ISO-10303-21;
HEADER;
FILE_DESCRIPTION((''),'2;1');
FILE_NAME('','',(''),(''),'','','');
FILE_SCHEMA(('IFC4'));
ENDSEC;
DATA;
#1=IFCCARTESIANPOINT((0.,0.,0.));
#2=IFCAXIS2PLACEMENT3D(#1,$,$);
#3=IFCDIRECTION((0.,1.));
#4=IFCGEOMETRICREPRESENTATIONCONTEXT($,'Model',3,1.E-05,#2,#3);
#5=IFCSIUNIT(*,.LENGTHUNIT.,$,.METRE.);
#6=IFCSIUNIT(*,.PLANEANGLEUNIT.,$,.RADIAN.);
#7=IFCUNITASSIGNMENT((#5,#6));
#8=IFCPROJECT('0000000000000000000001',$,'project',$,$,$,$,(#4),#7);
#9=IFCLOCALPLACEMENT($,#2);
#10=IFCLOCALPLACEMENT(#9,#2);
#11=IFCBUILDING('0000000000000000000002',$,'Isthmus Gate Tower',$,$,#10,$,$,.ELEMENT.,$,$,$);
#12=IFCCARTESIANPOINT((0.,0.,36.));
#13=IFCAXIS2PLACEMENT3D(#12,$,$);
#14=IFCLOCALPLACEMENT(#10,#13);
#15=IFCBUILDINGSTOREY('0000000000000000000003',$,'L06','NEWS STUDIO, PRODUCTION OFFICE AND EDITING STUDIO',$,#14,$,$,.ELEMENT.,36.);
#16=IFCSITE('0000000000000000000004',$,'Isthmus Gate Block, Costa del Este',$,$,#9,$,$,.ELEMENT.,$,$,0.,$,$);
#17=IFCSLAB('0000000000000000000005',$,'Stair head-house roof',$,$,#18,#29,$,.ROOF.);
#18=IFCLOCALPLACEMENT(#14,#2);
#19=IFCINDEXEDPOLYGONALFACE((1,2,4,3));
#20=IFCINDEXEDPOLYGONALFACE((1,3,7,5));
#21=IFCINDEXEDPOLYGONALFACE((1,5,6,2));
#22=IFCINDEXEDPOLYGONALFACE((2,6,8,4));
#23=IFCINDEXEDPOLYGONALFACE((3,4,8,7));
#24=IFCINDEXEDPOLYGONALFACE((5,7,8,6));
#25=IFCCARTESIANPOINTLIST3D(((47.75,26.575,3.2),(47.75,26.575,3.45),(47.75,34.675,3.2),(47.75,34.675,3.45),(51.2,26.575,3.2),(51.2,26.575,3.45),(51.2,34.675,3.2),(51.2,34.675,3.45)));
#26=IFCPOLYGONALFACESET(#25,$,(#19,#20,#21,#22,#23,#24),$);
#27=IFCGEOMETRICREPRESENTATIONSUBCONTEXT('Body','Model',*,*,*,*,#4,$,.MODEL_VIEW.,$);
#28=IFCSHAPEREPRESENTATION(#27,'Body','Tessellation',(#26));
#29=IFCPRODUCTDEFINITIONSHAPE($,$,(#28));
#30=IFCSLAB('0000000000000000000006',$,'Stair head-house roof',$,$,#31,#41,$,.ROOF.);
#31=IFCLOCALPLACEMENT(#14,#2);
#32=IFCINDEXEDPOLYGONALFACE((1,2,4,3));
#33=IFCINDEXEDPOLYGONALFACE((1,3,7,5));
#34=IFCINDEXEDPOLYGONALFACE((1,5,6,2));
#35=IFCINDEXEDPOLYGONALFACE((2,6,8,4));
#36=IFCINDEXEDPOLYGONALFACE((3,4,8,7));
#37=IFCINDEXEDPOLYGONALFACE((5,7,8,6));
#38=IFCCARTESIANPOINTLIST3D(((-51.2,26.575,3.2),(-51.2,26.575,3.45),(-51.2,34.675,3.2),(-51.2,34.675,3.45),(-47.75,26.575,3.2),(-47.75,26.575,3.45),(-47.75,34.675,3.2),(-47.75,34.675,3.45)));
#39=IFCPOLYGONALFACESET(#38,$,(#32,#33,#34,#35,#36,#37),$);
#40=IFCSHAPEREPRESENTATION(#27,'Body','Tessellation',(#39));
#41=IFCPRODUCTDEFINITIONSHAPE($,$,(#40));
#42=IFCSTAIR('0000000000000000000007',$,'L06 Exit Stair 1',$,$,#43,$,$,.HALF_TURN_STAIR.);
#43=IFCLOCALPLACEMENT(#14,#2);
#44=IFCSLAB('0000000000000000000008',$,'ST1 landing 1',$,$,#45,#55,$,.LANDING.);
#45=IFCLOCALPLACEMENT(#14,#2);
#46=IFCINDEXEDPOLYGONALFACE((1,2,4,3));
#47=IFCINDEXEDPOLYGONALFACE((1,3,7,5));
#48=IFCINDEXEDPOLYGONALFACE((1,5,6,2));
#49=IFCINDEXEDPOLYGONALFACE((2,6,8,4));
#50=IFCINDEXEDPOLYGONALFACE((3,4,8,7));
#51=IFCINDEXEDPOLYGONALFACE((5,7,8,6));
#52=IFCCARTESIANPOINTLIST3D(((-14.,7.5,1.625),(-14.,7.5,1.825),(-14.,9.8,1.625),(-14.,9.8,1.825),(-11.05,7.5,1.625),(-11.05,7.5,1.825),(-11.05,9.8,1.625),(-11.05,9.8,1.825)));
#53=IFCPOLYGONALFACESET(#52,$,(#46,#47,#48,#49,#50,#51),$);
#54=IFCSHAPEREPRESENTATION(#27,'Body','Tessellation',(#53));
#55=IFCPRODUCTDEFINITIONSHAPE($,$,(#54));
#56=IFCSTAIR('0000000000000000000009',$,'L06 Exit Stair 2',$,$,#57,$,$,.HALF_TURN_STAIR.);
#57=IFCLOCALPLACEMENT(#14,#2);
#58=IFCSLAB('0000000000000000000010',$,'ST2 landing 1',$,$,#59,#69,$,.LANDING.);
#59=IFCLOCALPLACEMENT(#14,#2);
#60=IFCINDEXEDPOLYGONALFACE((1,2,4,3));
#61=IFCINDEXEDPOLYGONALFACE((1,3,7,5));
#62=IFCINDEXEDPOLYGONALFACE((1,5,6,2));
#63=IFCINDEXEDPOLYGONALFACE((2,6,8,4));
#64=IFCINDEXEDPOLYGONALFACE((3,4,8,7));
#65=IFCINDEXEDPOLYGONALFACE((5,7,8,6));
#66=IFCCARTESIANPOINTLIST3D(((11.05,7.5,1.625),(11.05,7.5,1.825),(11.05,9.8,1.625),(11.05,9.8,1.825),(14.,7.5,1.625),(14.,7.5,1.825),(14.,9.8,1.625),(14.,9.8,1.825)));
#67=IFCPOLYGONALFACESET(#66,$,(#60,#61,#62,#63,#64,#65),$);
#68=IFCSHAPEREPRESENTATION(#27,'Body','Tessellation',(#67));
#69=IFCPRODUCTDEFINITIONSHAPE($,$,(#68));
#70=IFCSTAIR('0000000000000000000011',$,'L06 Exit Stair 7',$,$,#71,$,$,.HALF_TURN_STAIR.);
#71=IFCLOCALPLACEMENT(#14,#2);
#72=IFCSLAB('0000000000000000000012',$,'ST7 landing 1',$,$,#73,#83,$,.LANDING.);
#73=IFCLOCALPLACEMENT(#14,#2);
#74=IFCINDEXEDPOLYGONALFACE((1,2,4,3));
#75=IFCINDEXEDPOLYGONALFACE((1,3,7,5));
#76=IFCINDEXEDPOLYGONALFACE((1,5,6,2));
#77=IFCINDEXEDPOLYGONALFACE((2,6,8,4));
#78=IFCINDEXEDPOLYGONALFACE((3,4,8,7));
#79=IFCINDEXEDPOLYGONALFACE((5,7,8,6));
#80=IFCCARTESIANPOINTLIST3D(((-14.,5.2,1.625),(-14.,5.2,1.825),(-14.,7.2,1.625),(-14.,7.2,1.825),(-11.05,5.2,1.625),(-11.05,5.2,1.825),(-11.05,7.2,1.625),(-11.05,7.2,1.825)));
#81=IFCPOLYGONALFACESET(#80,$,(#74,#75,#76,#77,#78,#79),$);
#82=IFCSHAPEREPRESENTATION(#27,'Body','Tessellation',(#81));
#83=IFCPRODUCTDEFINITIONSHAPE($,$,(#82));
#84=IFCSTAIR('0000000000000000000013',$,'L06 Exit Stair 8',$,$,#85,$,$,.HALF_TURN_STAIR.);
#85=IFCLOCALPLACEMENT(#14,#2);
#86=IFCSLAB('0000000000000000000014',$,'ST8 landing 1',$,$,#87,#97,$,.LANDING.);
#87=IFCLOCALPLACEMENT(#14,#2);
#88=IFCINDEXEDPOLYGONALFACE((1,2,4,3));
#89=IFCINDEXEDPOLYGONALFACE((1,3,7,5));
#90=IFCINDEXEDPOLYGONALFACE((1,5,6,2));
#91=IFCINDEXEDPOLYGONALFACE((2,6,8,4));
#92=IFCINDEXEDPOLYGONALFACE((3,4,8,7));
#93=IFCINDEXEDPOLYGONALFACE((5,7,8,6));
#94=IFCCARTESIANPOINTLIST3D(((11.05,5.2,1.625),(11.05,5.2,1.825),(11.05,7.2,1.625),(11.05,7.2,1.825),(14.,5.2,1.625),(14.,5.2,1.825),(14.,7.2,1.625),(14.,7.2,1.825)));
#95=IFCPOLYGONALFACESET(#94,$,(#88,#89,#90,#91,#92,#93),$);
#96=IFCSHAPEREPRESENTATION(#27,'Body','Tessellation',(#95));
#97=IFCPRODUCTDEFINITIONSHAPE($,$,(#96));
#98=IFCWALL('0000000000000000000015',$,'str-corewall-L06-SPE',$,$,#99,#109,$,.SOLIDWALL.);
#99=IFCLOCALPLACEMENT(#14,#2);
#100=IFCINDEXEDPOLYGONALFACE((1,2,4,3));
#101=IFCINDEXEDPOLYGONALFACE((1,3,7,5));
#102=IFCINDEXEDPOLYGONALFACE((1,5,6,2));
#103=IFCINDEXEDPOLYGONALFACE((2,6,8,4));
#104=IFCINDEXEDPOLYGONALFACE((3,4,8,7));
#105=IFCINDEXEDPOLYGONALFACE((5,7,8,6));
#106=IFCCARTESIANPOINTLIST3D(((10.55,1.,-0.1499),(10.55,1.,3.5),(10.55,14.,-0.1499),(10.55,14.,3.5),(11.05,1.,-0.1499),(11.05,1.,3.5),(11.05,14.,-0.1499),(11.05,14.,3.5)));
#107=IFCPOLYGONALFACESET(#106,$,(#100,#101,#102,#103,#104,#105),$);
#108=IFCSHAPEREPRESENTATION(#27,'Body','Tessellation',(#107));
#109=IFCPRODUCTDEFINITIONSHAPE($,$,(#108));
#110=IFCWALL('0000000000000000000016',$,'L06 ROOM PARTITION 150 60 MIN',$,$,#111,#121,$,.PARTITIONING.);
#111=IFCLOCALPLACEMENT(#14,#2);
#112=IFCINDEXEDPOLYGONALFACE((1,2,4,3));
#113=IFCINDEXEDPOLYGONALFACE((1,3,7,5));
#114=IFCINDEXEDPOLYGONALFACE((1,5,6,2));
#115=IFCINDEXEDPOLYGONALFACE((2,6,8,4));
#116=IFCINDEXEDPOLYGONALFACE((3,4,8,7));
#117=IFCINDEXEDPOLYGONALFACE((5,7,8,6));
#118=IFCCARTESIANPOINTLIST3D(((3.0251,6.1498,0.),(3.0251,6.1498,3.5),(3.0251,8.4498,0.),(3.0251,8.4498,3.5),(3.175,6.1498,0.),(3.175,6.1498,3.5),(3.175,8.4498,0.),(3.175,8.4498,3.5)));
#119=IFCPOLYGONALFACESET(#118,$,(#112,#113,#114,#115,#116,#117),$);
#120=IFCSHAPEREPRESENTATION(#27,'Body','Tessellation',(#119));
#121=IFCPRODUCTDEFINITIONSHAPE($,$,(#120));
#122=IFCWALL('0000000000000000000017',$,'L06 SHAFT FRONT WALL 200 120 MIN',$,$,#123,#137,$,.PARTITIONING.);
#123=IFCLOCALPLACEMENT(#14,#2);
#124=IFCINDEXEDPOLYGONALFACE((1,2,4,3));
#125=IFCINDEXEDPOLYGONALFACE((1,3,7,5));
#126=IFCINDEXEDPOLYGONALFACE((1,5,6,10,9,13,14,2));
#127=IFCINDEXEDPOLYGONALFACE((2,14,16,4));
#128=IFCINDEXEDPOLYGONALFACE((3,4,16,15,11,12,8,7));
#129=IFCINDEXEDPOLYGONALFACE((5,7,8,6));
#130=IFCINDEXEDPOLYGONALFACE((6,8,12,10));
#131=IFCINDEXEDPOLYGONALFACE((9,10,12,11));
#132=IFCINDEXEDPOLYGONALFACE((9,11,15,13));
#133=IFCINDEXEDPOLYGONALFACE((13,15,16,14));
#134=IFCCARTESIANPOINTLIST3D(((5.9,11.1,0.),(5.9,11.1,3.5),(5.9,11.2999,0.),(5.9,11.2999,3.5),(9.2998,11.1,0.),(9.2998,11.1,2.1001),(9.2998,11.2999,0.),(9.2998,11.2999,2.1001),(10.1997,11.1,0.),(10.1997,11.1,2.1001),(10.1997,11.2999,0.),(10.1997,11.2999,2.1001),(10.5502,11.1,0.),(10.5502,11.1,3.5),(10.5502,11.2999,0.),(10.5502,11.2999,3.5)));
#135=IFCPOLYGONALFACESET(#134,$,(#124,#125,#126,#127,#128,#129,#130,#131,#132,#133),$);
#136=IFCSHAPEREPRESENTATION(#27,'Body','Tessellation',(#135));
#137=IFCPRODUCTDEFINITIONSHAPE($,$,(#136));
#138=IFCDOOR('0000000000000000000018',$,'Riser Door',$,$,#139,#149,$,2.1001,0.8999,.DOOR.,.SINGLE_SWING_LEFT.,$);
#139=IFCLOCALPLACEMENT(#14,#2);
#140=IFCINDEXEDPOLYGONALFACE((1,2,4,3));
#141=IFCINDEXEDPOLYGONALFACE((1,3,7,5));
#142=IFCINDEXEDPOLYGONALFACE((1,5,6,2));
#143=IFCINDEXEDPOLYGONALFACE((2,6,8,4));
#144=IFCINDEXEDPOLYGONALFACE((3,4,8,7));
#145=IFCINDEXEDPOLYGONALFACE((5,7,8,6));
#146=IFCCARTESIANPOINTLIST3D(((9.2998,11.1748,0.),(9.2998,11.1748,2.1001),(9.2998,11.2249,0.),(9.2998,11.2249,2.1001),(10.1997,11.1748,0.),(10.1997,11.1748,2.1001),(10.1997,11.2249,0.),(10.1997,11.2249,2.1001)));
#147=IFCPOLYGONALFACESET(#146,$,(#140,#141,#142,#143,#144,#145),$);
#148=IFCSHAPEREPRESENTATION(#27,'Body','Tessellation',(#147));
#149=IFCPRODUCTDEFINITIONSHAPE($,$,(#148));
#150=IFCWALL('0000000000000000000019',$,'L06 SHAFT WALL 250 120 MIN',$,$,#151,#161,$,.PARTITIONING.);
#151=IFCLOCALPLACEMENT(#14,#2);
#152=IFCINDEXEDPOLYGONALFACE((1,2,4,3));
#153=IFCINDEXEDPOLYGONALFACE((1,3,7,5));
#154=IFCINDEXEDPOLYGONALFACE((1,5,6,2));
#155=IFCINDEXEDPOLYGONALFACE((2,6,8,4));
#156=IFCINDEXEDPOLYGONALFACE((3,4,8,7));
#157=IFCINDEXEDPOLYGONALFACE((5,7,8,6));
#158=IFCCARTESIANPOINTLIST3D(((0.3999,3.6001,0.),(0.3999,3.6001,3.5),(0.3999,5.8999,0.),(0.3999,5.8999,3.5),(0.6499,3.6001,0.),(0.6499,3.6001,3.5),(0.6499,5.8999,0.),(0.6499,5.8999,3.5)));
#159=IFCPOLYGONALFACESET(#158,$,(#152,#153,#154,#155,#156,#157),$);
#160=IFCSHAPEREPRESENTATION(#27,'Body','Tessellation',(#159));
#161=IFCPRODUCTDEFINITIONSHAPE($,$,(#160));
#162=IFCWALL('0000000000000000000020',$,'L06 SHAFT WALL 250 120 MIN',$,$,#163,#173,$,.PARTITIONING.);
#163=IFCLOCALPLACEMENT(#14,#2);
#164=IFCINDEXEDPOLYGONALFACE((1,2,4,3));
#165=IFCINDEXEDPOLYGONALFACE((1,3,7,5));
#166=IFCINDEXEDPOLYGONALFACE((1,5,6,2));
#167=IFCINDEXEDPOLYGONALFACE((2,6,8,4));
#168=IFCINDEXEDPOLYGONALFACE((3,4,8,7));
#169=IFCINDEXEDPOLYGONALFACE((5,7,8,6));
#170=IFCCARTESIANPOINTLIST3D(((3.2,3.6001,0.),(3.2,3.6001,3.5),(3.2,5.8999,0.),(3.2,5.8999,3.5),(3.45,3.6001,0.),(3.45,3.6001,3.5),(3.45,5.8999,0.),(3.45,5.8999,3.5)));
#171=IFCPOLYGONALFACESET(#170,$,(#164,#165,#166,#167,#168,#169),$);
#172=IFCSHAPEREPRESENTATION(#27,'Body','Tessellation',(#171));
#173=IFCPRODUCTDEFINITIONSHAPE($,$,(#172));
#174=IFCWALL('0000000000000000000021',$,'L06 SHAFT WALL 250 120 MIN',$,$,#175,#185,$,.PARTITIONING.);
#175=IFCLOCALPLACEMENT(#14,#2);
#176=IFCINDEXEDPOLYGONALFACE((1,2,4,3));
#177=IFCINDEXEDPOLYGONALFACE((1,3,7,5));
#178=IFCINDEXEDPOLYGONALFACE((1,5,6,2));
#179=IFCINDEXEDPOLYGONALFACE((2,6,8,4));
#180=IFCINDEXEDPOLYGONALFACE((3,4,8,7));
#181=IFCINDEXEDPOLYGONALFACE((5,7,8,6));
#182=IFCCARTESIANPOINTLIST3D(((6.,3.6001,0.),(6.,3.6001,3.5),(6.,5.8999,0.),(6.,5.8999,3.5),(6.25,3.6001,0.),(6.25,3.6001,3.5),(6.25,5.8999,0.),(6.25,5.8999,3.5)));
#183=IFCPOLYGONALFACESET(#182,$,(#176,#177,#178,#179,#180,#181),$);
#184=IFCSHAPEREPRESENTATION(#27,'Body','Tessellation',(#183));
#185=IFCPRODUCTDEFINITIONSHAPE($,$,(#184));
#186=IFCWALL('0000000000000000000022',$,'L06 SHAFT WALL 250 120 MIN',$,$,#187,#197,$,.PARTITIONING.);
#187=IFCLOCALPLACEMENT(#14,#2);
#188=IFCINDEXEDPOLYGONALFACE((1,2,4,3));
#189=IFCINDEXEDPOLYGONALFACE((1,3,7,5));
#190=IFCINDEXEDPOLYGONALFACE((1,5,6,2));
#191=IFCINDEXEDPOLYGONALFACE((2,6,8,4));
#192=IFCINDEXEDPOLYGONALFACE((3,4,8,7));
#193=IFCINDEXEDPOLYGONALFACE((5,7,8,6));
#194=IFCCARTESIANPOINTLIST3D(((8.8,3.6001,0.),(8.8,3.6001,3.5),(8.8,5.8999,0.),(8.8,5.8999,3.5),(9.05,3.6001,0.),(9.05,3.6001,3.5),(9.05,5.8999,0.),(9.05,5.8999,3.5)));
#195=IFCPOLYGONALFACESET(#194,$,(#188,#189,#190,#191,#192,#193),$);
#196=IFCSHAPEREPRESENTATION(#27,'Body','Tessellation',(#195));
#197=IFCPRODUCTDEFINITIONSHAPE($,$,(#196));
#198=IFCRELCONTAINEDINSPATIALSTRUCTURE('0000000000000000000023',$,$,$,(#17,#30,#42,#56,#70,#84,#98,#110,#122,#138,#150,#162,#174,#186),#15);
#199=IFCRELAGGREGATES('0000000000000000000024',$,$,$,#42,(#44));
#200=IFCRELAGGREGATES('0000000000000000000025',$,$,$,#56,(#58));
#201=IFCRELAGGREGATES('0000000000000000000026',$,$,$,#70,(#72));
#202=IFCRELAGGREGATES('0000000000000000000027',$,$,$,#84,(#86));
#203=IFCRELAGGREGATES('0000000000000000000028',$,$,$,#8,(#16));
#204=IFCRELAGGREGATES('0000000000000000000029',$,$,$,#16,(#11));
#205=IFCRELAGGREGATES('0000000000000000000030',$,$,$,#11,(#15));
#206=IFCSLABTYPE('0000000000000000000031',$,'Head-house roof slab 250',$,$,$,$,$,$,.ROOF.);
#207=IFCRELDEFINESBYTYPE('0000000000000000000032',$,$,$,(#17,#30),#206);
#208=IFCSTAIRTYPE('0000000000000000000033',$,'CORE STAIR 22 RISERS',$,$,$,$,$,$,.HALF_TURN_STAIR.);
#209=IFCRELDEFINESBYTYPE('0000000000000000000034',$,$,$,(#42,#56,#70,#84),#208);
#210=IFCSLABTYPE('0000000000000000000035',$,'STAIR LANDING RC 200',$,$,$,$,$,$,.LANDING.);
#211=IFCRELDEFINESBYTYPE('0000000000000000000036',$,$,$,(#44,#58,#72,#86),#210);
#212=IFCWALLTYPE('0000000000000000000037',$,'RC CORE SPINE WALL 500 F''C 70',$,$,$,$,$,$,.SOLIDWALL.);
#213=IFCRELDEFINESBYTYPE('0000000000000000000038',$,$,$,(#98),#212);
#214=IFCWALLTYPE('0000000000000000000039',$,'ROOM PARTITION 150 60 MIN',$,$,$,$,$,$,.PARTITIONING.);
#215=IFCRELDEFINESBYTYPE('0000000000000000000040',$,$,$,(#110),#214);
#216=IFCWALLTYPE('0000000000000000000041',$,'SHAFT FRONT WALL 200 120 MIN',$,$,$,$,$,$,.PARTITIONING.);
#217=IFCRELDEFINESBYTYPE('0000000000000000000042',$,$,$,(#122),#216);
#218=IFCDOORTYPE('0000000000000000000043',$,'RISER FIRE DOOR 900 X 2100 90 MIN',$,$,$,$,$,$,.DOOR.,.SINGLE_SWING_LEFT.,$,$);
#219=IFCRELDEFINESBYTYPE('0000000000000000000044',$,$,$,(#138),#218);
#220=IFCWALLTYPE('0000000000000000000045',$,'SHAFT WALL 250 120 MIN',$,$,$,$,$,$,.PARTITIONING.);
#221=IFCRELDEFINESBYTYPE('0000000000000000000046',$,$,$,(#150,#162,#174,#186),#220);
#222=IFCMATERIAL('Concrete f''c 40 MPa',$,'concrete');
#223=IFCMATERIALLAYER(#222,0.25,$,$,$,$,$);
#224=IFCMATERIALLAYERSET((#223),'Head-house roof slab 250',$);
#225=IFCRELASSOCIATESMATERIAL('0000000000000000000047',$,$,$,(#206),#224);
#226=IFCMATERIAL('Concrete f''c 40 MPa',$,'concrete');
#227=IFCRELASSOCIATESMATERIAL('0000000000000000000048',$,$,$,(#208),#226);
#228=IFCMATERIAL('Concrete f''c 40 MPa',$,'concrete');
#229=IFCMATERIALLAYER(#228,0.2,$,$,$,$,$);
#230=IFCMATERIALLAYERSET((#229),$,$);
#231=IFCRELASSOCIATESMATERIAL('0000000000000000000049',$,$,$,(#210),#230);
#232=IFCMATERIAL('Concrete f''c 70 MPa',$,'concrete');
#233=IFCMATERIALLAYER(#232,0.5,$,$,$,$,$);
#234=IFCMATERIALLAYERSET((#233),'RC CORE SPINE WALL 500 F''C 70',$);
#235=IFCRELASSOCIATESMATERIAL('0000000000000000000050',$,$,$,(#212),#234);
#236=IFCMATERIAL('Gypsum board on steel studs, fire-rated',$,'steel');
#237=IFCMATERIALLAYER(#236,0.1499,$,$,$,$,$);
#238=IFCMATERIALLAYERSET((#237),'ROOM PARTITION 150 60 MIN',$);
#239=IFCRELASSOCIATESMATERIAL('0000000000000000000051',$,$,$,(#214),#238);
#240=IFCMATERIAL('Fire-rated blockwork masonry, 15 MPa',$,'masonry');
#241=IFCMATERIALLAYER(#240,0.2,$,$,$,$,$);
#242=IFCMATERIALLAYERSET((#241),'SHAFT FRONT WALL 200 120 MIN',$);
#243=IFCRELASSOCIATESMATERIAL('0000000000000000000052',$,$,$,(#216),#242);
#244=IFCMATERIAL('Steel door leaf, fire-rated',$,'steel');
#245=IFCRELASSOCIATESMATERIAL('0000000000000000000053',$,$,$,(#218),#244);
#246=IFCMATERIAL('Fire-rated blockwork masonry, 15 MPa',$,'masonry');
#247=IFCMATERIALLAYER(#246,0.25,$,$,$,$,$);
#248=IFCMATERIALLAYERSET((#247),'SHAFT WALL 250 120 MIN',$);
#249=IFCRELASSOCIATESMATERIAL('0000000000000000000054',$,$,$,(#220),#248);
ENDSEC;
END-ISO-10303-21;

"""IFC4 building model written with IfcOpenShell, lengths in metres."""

from ifc_helpers import new_model, si_unit, direction, frame, frame_2d, origin, place, context, subcontext, project, spatial, polyline, rectangle, outline, extrude, material, layer, layer_set, type_object, element, fill, aggregate, save


model = new_model("IFC4")

# Units and contexts
model_context = context("Model", 3, precision=1e-05, world=origin(), true_north=direction((0.0, 1.0)))
body_context = subcontext(model_context, "Body", "Model", "MODEL_VIEW")
ifc_project = project(units=[si_unit("LENGTHUNIT", "METRE"), si_unit("PLANEANGLEUNIT", "RADIAN")], contexts=[model_context])

# Site, building, storey
site_placement = place(None, origin())
site = spatial("IfcSite", under=ifc_project, at=site_placement, Name="Isthmus Gate Block, Costa del Este", CompositionType="ELEMENT", RefElevation=0.0)
building_placement = place(site_placement, origin())
building = spatial("IfcBuilding", under=site, at=building_placement, Name="Isthmus Gate Tower", CompositionType="ELEMENT")
storey_placement = place(building_placement, frame((0.0, 0.0, 36.0)))
storey = spatial("IfcBuildingStorey", under=building, at=storey_placement, Name="L06", Description="NEWS STUDIO, PRODUCTION OFFICE AND EDITING STUDIO", CompositionType="ELEMENT", Elevation=36.0)

# Slabs
ifc_material_1 = material(Name="Concrete f'c 40 MPa", Category="concrete")
ifc_layer_1 = layer(ifc_material_1, 0.25)
ifc_layer_set_1 = layer_set([ifc_layer_1], Name="Head-house roof slab 250")
slab_type_1 = type_object("IfcSlabType", Name="Head-house roof slab 250", PredefinedType="ROOF", material=ifc_layer_set_1)
slab_1_placement = place(storey_placement, frame((0.0, 0.0, 3.2)))
element("IfcSlab", 1, at=slab_1_placement, inside=storey, type_object=slab_type_1, Name="Stair head-house roof", PredefinedType="ROOF", context=body_context, shape_type="SweptSolid", body=[
    extrude(outline(polyline([(47.75, 26.575), (51.2, 26.575), (51.2, 34.675), (47.75, 34.675), (47.75, 26.575)])), origin(), (0.0, 0.0, 1.0), 0.25),
])
slab_2_placement = place(storey_placement, frame((0.0, 0.0, 3.2)))
element("IfcSlab", 2, at=slab_2_placement, inside=storey, type_object=slab_type_1, Name="Stair head-house roof", PredefinedType="ROOF", context=body_context, shape_type="SweptSolid", body=[
    extrude(outline(polyline([(-51.2, 26.575), (-47.75, 26.575), (-47.75, 34.675), (-51.2, 34.675), (-51.2, 26.575)])), origin(), (0.0, 0.0, 1.0), 0.25),
])

# Stairs, slabs
ifc_material_2 = material(Name="Concrete f'c 40 MPa", Category="concrete")
stair_type = type_object("IfcStairType", Name="CORE STAIR 22 RISERS", PredefinedType="HALF_TURN_STAIR", material=ifc_material_2)
stair_1_placement = place(storey_placement, origin())
stair_1 = element("IfcStair", 3, at=stair_1_placement, inside=storey, type_object=stair_type, Name="L06 Exit Stair 1", PredefinedType="HALF_TURN_STAIR")
ifc_material_3 = material(Name="Concrete f'c 40 MPa", Category="concrete")
ifc_layer_2 = layer(ifc_material_3, 0.2)
ifc_layer_set_2 = layer_set([ifc_layer_2])
slab_type_2 = type_object("IfcSlabType", Name="STAIR LANDING RC 200", PredefinedType="LANDING", material=ifc_layer_set_2)
slab_3_placement = place(storey_placement, frame((0.0, 0.0, 1.625)))
slab_3 = element("IfcSlab", 4, at=slab_3_placement, type_object=slab_type_2, Name="ST1 landing 1", PredefinedType="LANDING", context=body_context, shape_type="SweptSolid", body=[
    extrude(outline(polyline([(-14.0, 9.8), (-14.0, 7.5), (-11.05, 7.5), (-11.05, 9.8), (-14.0, 9.8)])), origin(), (0.0, 0.0, 1.0), 0.2),
])
aggregate(stair_1, [slab_3])
stair_2_placement = place(storey_placement, origin())
stair_2 = element("IfcStair", 5, at=stair_2_placement, inside=storey, type_object=stair_type, Name="L06 Exit Stair 2", PredefinedType="HALF_TURN_STAIR")
slab_4_placement = place(storey_placement, frame((0.0, 0.0, 1.625)))
slab_4 = element("IfcSlab", 6, at=slab_4_placement, type_object=slab_type_2, Name="ST2 landing 1", PredefinedType="LANDING", context=body_context, shape_type="SweptSolid", body=[
    extrude(outline(polyline([(11.05, 9.8), (11.05, 7.5), (14.0, 7.5), (14.0, 9.8), (11.05, 9.8)])), origin(), (0.0, 0.0, 1.0), 0.2),
])
aggregate(stair_2, [slab_4])
stair_3_placement = place(storey_placement, origin())
stair_3 = element("IfcStair", 7, at=stair_3_placement, inside=storey, type_object=stair_type, Name="L06 Exit Stair 7", PredefinedType="HALF_TURN_STAIR")
slab_5_placement = place(storey_placement, frame((0.0, 0.0, 1.625)))
slab_5 = element("IfcSlab", 8, at=slab_5_placement, type_object=slab_type_2, Name="ST7 landing 1", PredefinedType="LANDING", context=body_context, shape_type="SweptSolid", body=[
    extrude(outline(polyline([(-11.05, 5.2), (-11.05, 7.2), (-14.0, 7.2), (-14.0, 5.2), (-11.05, 5.2)])), origin(), (0.0, 0.0, 1.0), 0.2),
])
aggregate(stair_3, [slab_5])
stair_4_placement = place(storey_placement, origin())
stair_4 = element("IfcStair", 9, at=stair_4_placement, inside=storey, type_object=stair_type, Name="L06 Exit Stair 8", PredefinedType="HALF_TURN_STAIR")
slab_6_placement = place(storey_placement, frame((0.0, 0.0, 1.625)))
slab_6 = element("IfcSlab", 10, at=slab_6_placement, type_object=slab_type_2, Name="ST8 landing 1", PredefinedType="LANDING", context=body_context, shape_type="SweptSolid", body=[
    extrude(outline(polyline([(14.0, 5.2), (14.0, 7.2), (11.05, 7.2), (11.05, 5.2), (14.0, 5.2)])), origin(), (0.0, 0.0, 1.0), 0.2),
])
aggregate(stair_4, [slab_6])

# Walls
ifc_material_4 = material(Name="Concrete f'c 70 MPa", Category="concrete")
ifc_layer_3 = layer(ifc_material_4, 0.5)
ifc_layer_set_3 = layer_set([ifc_layer_3], Name="RC CORE SPINE WALL 500 F'C 70")
wall_type_1 = type_object("IfcWallType", Name="RC CORE SPINE WALL 500 F'C 70", PredefinedType="SOLIDWALL", material=ifc_layer_set_3)
wall_1_placement = place(storey_placement, frame((10.8, 1.0, -0.1499), z_axis=(0.0, 0.0, 1.0), x_axis=(0.0, 1.0, 0.0)))
element("IfcWall", 11, at=wall_1_placement, inside=storey, type_object=wall_type_1, Name="str-corewall-L06-SPE", PredefinedType="SOLIDWALL", context=body_context, shape_type="SweptSolid", body=[
    extrude(rectangle(XDim=13.0, YDim=0.5, at=frame_2d((6.5, 0.0))), origin(), (0.0, 0.0, 1.0), 3.6499),
])
ifc_material_5 = material(Name="Gypsum board on steel studs, fire-rated", Category="steel")
ifc_layer_4 = layer(ifc_material_5, 0.1499)
ifc_layer_set_4 = layer_set([ifc_layer_4], Name="ROOM PARTITION 150 60 MIN")
wall_type_2 = type_object("IfcWallType", Name="ROOM PARTITION 150 60 MIN", PredefinedType="PARTITIONING", material=ifc_layer_set_4)
wall_2_placement = place(storey_placement, frame((3.1001, 6.1499, 0.0), z_axis=(0.0, 0.0, 1.0), x_axis=(0.0, 1.0, 0.0)))
element("IfcWall", 12, at=wall_2_placement, inside=storey, type_object=wall_type_2, Name="L06 ROOM PARTITION 150 60 MIN", PredefinedType="PARTITIONING", context=body_context, shape_type="SweptSolid", body=[
    extrude(rectangle(XDim=2.3, YDim=0.1499, at=frame_2d((1.1499, 0.0))), origin(), (0.0, 0.0, 1.0), 3.5),
])

# Wall, opening, door
ifc_material_6 = material(Name="Fire-rated blockwork masonry, 15 MPa", Category="masonry")
ifc_layer_5 = layer(ifc_material_6, 0.2)
ifc_layer_set_5 = layer_set([ifc_layer_5], Name="SHAFT FRONT WALL 200 120 MIN")
wall_type_3 = type_object("IfcWallType", Name="SHAFT FRONT WALL 200 120 MIN", PredefinedType="PARTITIONING", material=ifc_layer_set_5)
wall_3_placement = place(storey_placement, frame((5.8999, 11.2, 0.0), z_axis=(0.0, 0.0, 1.0), x_axis=(1.0, 0.0, 0.0)))
wall_3 = element("IfcWall", 13, at=wall_3_placement, inside=storey, type_object=wall_type_3, Name="L06 SHAFT FRONT WALL 200 120 MIN", PredefinedType="PARTITIONING", context=body_context, shape_type="SweptSolid", body=[
    extrude(rectangle(XDim=4.6501, YDim=0.2, at=frame_2d((2.3252, 0.0))), origin(), (0.0, 0.0, 1.0), 3.5),
])
opening_placement = place(wall_3_placement, frame((3.3999, 0.0, 0.0)))
opening = element("IfcOpeningElement", 14, at=opening_placement, cuts=wall_3, PredefinedType="OPENING", context=body_context, shape_type="SweptSolid", body=[
    extrude(rectangle(XDim=0.8999, YDim=2.1001, at=frame_2d((0.45, 1.05))), frame((0.0, 0.1099, 0.0), z_axis=(0.0, -1.0, 0.0), x_axis=(1.0, 0.0, 0.0)), (0.0, 0.0, 1.0), 0.22),
])
ifc_material_7 = material(Name="Steel door leaf, fire-rated", Category="steel")
door_type = type_object("IfcDoorType", Name="RISER FIRE DOOR 900 X 2100 90 MIN", OperationType="SINGLE_SWING_LEFT", PredefinedType="DOOR", material=ifc_material_7)
door_placement = place(opening_placement, origin())
door = element("IfcDoor", 15, at=door_placement, inside=storey, type_object=door_type, Name="Riser Door", OperationType="SINGLE_SWING_LEFT", OverallHeight=2.1001, OverallWidth=0.8999, PredefinedType="DOOR", context=body_context, shape_type="SweptSolid", body=[
    extrude(rectangle(XDim=0.8999, YDim=2.1001, at=frame_2d((0.45, 1.05))), frame((0.0, 0.0249, 0.0), z_axis=(0.0, -1.0, 0.0), x_axis=(1.0, 0.0, 0.0)), (0.0, 0.0, 1.0), 0.05),
])
fill(opening, door)

# Walls
ifc_material_8 = material(Name="Fire-rated blockwork masonry, 15 MPa", Category="masonry")
ifc_layer_6 = layer(ifc_material_8, 0.25)
ifc_layer_set_6 = layer_set([ifc_layer_6], Name="SHAFT WALL 250 120 MIN")
wall_type_4 = type_object("IfcWallType", Name="SHAFT WALL 250 120 MIN", PredefinedType="PARTITIONING", material=ifc_layer_set_6)
for number, where, z_axis, x_axis, name in (
    (16, (0.5249, 3.6001, 0.0), (0.0, 0.0, 1.0), (0.0, 1.0, 0.0), "L06 SHAFT WALL 250 120 MIN"),
    (17, (3.325, 3.6001, 0.0), (0.0, 0.0, 1.0), (0.0, 1.0, 0.0), "L06 SHAFT WALL 250 120 MIN"),
    (18, (6.125, 3.6001, 0.0), (0.0, 0.0, 1.0), (0.0, 1.0, 0.0), "L06 SHAFT WALL 250 120 MIN"),
    (19, (8.925, 3.6001, 0.0), (0.0, 0.0, 1.0), (0.0, 1.0, 0.0), "L06 SHAFT WALL 250 120 MIN"),
):
    element("IfcWall", number, at=place(storey_placement, frame(where, z_axis=z_axis, x_axis=x_axis)), inside=storey, type_object=wall_type_4, Name=name, PredefinedType="PARTITIONING", context=body_context, shape_type="SweptSolid", body=[
        extrude(rectangle(XDim=2.2998, YDim=0.25, at=frame_2d((1.1499, 0.0))), origin(), (0.0, 0.0, 1.0), 3.5),
    ])

save(model, "model.ifc")
